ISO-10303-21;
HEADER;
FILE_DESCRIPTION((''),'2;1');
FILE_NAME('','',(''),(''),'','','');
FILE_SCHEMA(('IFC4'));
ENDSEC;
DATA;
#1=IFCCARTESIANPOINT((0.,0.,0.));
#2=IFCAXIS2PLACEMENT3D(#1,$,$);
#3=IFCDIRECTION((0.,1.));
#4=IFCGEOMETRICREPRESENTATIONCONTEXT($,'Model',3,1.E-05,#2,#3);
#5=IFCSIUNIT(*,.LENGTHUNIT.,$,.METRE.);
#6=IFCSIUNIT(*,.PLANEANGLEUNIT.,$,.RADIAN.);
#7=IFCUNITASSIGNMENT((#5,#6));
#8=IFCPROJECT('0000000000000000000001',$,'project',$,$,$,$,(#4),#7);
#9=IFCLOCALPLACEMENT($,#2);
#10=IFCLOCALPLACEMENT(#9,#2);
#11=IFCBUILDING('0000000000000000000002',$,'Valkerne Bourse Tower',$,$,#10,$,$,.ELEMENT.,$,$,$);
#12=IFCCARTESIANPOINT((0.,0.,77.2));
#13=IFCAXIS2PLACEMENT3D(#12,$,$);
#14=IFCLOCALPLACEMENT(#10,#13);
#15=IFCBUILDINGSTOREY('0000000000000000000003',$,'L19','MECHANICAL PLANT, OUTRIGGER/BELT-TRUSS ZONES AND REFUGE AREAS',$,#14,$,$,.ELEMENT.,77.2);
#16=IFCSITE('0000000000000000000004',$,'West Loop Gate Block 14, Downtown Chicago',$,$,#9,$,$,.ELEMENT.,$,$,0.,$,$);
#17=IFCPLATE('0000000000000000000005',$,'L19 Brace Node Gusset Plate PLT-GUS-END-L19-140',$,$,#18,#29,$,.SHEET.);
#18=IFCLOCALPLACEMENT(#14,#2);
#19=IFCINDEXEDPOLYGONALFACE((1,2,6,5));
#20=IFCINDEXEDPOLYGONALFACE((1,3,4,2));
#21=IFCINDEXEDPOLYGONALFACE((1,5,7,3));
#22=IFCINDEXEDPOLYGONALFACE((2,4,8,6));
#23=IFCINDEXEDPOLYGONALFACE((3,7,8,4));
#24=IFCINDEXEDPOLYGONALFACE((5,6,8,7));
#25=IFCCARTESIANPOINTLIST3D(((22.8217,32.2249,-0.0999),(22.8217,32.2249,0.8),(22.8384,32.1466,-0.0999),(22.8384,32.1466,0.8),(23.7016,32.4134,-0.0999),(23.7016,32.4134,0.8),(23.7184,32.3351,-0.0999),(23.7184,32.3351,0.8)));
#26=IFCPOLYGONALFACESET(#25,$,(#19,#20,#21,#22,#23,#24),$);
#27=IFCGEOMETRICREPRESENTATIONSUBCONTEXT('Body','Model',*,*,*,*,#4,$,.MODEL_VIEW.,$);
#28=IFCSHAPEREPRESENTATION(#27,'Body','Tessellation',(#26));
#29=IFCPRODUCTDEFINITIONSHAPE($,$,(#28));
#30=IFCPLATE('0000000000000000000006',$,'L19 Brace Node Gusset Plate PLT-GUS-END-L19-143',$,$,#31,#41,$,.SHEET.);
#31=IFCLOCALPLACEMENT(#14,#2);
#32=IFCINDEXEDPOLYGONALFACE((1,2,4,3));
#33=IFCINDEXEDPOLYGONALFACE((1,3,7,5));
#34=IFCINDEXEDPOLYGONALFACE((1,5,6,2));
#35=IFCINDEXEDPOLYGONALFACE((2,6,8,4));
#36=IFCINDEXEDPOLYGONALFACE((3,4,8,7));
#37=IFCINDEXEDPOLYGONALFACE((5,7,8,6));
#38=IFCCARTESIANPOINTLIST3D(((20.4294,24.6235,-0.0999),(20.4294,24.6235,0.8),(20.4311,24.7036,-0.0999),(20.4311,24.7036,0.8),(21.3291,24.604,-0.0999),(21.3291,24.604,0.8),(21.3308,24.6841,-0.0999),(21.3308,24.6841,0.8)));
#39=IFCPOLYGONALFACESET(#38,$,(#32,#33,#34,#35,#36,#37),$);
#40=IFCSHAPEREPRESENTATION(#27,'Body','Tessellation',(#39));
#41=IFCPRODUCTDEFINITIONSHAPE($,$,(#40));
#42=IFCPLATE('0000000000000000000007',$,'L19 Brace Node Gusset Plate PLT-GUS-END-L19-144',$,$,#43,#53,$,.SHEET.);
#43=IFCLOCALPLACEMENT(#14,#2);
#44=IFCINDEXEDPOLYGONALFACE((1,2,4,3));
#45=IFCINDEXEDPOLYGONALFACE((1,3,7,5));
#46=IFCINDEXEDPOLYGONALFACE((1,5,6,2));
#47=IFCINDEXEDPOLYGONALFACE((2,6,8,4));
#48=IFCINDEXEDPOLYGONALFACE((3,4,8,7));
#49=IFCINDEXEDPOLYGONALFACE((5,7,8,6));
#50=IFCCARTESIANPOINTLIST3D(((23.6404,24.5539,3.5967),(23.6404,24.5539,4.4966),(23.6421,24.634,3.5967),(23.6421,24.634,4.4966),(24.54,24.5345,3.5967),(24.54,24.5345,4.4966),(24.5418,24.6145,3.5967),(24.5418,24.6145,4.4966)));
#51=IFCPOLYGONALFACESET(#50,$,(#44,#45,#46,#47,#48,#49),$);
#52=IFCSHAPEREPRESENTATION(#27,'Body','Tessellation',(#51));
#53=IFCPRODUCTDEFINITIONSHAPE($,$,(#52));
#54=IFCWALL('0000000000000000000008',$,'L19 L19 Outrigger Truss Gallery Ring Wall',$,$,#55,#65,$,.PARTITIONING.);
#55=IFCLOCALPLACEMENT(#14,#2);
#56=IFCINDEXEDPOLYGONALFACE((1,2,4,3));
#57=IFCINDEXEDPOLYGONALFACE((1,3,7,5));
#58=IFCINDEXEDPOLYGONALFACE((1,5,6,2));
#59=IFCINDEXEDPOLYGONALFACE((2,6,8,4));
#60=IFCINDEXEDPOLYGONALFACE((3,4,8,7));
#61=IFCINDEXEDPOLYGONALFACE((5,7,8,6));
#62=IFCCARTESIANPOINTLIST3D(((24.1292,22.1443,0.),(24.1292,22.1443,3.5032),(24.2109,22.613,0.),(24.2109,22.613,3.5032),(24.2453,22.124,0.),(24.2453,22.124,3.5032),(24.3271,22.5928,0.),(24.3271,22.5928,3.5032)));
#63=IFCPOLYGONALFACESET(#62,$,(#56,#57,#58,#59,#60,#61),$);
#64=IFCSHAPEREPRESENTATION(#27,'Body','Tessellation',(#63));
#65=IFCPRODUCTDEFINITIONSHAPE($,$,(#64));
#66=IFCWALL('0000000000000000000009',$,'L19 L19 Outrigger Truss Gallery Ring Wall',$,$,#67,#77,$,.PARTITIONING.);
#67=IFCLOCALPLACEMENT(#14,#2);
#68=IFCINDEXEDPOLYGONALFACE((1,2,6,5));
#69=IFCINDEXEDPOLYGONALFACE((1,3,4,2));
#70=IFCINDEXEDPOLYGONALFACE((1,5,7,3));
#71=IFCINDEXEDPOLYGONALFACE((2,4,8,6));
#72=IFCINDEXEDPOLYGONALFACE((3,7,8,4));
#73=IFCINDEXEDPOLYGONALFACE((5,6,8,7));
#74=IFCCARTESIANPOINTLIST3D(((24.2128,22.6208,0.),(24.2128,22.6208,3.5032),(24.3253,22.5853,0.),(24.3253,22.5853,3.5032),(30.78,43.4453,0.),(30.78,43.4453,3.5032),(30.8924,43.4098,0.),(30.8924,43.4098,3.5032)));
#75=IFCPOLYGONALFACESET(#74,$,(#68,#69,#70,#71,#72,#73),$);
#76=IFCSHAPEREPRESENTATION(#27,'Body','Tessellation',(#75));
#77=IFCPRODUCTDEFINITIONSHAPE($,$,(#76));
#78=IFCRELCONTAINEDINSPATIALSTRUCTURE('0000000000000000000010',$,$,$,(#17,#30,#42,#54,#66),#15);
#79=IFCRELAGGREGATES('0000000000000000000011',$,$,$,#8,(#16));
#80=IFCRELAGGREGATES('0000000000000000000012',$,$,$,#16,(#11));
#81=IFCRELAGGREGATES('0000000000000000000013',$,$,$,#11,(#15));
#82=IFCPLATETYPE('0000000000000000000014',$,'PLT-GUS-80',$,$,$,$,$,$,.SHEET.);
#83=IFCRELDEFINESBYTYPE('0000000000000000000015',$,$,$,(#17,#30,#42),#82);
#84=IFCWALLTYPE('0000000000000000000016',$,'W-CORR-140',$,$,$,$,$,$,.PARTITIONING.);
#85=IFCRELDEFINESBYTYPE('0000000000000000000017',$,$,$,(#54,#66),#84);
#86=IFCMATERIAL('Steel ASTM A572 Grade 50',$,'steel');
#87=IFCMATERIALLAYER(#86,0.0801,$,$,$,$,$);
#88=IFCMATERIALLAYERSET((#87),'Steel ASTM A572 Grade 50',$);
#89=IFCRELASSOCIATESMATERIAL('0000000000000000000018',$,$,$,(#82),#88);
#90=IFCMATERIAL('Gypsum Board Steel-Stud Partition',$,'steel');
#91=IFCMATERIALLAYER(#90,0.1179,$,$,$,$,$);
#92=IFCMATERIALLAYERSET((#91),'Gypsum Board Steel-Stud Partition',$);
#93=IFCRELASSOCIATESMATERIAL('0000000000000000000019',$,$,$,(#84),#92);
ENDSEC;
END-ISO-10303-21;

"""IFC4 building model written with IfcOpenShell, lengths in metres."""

from ifc_helpers import new_model, si_unit, direction, frame, frame_2d, origin, origin_2d, place, context, subcontext, project, spatial, rectangle, extrude, material, layer, layer_set, type_object, element, save


model = new_model("IFC4")

# Units and contexts
model_context = context("Model", 3, precision=1e-05, world=origin(), true_north=direction((0.0, 1.0)))
body_context = subcontext(model_context, "Body", "Model", "MODEL_VIEW")
ifc_project = project(units=[si_unit("LENGTHUNIT", "METRE"), si_unit("PLANEANGLEUNIT", "RADIAN")], contexts=[model_context])

# Site, building, storey
site_placement = place(None, origin())
site = spatial("IfcSite", under=ifc_project, at=site_placement, Name="West Loop Gate Block 14, Downtown Chicago", CompositionType="ELEMENT", RefElevation=0.0)
building_placement = place(site_placement, origin())
building = spatial("IfcBuilding", under=site, at=building_placement, Name="Valkerne Bourse Tower", CompositionType="ELEMENT")
storey_placement = place(building_placement, frame((0.0, 0.0, 77.2)))
storey = spatial("IfcBuildingStorey", under=building, at=storey_placement, Name="L19", Description="MECHANICAL PLANT, OUTRIGGER/BELT-TRUSS ZONES AND REFUGE AREAS", CompositionType="ELEMENT", Elevation=77.2)

# Plates
ifc_material_1 = material(Name="Steel ASTM A572 Grade 50", Category="steel")
ifc_layer_1 = layer(ifc_material_1, 0.0801)
ifc_layer_set_1 = layer_set([ifc_layer_1], Name="Steel ASTM A572 Grade 50")
plate_type_1 = type_object("IfcPlateType", Name="PLT-GUS-80", PredefinedType="SHEET", material=ifc_layer_set_1)
for number, where, z_axis, x_axis, name in (
    (1, (23.27, 32.28, -0.0999), (0.0, 0.0, 1.0), (0.97782, 0.209448, 0.0), "L19 Brace Node Gusset Plate PLT-GUS-END-L19-140"),
    (2, (20.8801, 24.6538, -0.0999), (0.0, 0.0, 1.0), (0.999766, -0.02164, 0.0), "L19 Brace Node Gusset Plate PLT-GUS-END-L19-143"),
    (3, (24.0911, 24.5842, 3.5967), (0.0, 0.0, 1.0), (0.999766, -0.02164, 0.0), "L19 Brace Node Gusset Plate PLT-GUS-END-L19-144"),
):
    element("IfcPlate", number, at=place(storey_placement, frame(where, z_axis=z_axis, x_axis=x_axis)), inside=storey, type_object=plate_type_1, Name=name, PredefinedType="SHEET", context=body_context, shape_type="SweptSolid", body=[
        extrude(rectangle(XDim=0.8999, YDim=0.0801, at=origin_2d()), origin(), (0.0, 0.0, 1.0), 0.8999),
    ])

# Walls
ifc_material_2 = material(Name="Gypsum Board Steel-Stud Partition", Category="steel")
ifc_layer_2 = layer(ifc_material_2, 0.1179)
ifc_layer_set_2 = layer_set([ifc_layer_2], Name="Gypsum Board Steel-Stud Partition")
wall_type = type_object("IfcWallType", Name="W-CORR-140", PredefinedType="PARTITIONING", material=ifc_layer_set_2)
wall_1_placement = place(storey_placement, frame((24.1873, 22.1343, 0.0), z_axis=(0.0, 0.0, 1.0), x_axis=(0.171882, 0.985117, 0.0)))
element("IfcWall", 4, at=wall_1_placement, inside=storey, type_object=wall_type, Name="L19 L19 Outrigger Truss Gallery Ring Wall", PredefinedType="PARTITIONING", context=body_context, shape_type="SweptSolid", body=[
    extrude(rectangle(XDim=0.4758, YDim=0.1179, at=frame_2d((0.2378, 0.0))), origin(), (0.0, 0.0, 1.0), 3.5032),
])
wall_2_placement = place(storey_placement, frame((24.269, 22.603, 0.0), z_axis=(0.0, 0.0, 1.0), x_axis=(0.300756, 0.953701, 0.0)))
element("IfcWall", 5, at=wall_2_placement, inside=storey, type_object=wall_type, Name="L19 L19 Outrigger Truss Gallery Ring Wall", PredefinedType="PARTITIONING", context=body_context, shape_type="SweptSolid", body=[
    extrude(rectangle(XDim=21.8354, YDim=0.1179, at=frame_2d((10.9177, 0.0))), origin(), (0.0, 0.0, 1.0), 3.5032),
])

save(model, "model.ifc")
